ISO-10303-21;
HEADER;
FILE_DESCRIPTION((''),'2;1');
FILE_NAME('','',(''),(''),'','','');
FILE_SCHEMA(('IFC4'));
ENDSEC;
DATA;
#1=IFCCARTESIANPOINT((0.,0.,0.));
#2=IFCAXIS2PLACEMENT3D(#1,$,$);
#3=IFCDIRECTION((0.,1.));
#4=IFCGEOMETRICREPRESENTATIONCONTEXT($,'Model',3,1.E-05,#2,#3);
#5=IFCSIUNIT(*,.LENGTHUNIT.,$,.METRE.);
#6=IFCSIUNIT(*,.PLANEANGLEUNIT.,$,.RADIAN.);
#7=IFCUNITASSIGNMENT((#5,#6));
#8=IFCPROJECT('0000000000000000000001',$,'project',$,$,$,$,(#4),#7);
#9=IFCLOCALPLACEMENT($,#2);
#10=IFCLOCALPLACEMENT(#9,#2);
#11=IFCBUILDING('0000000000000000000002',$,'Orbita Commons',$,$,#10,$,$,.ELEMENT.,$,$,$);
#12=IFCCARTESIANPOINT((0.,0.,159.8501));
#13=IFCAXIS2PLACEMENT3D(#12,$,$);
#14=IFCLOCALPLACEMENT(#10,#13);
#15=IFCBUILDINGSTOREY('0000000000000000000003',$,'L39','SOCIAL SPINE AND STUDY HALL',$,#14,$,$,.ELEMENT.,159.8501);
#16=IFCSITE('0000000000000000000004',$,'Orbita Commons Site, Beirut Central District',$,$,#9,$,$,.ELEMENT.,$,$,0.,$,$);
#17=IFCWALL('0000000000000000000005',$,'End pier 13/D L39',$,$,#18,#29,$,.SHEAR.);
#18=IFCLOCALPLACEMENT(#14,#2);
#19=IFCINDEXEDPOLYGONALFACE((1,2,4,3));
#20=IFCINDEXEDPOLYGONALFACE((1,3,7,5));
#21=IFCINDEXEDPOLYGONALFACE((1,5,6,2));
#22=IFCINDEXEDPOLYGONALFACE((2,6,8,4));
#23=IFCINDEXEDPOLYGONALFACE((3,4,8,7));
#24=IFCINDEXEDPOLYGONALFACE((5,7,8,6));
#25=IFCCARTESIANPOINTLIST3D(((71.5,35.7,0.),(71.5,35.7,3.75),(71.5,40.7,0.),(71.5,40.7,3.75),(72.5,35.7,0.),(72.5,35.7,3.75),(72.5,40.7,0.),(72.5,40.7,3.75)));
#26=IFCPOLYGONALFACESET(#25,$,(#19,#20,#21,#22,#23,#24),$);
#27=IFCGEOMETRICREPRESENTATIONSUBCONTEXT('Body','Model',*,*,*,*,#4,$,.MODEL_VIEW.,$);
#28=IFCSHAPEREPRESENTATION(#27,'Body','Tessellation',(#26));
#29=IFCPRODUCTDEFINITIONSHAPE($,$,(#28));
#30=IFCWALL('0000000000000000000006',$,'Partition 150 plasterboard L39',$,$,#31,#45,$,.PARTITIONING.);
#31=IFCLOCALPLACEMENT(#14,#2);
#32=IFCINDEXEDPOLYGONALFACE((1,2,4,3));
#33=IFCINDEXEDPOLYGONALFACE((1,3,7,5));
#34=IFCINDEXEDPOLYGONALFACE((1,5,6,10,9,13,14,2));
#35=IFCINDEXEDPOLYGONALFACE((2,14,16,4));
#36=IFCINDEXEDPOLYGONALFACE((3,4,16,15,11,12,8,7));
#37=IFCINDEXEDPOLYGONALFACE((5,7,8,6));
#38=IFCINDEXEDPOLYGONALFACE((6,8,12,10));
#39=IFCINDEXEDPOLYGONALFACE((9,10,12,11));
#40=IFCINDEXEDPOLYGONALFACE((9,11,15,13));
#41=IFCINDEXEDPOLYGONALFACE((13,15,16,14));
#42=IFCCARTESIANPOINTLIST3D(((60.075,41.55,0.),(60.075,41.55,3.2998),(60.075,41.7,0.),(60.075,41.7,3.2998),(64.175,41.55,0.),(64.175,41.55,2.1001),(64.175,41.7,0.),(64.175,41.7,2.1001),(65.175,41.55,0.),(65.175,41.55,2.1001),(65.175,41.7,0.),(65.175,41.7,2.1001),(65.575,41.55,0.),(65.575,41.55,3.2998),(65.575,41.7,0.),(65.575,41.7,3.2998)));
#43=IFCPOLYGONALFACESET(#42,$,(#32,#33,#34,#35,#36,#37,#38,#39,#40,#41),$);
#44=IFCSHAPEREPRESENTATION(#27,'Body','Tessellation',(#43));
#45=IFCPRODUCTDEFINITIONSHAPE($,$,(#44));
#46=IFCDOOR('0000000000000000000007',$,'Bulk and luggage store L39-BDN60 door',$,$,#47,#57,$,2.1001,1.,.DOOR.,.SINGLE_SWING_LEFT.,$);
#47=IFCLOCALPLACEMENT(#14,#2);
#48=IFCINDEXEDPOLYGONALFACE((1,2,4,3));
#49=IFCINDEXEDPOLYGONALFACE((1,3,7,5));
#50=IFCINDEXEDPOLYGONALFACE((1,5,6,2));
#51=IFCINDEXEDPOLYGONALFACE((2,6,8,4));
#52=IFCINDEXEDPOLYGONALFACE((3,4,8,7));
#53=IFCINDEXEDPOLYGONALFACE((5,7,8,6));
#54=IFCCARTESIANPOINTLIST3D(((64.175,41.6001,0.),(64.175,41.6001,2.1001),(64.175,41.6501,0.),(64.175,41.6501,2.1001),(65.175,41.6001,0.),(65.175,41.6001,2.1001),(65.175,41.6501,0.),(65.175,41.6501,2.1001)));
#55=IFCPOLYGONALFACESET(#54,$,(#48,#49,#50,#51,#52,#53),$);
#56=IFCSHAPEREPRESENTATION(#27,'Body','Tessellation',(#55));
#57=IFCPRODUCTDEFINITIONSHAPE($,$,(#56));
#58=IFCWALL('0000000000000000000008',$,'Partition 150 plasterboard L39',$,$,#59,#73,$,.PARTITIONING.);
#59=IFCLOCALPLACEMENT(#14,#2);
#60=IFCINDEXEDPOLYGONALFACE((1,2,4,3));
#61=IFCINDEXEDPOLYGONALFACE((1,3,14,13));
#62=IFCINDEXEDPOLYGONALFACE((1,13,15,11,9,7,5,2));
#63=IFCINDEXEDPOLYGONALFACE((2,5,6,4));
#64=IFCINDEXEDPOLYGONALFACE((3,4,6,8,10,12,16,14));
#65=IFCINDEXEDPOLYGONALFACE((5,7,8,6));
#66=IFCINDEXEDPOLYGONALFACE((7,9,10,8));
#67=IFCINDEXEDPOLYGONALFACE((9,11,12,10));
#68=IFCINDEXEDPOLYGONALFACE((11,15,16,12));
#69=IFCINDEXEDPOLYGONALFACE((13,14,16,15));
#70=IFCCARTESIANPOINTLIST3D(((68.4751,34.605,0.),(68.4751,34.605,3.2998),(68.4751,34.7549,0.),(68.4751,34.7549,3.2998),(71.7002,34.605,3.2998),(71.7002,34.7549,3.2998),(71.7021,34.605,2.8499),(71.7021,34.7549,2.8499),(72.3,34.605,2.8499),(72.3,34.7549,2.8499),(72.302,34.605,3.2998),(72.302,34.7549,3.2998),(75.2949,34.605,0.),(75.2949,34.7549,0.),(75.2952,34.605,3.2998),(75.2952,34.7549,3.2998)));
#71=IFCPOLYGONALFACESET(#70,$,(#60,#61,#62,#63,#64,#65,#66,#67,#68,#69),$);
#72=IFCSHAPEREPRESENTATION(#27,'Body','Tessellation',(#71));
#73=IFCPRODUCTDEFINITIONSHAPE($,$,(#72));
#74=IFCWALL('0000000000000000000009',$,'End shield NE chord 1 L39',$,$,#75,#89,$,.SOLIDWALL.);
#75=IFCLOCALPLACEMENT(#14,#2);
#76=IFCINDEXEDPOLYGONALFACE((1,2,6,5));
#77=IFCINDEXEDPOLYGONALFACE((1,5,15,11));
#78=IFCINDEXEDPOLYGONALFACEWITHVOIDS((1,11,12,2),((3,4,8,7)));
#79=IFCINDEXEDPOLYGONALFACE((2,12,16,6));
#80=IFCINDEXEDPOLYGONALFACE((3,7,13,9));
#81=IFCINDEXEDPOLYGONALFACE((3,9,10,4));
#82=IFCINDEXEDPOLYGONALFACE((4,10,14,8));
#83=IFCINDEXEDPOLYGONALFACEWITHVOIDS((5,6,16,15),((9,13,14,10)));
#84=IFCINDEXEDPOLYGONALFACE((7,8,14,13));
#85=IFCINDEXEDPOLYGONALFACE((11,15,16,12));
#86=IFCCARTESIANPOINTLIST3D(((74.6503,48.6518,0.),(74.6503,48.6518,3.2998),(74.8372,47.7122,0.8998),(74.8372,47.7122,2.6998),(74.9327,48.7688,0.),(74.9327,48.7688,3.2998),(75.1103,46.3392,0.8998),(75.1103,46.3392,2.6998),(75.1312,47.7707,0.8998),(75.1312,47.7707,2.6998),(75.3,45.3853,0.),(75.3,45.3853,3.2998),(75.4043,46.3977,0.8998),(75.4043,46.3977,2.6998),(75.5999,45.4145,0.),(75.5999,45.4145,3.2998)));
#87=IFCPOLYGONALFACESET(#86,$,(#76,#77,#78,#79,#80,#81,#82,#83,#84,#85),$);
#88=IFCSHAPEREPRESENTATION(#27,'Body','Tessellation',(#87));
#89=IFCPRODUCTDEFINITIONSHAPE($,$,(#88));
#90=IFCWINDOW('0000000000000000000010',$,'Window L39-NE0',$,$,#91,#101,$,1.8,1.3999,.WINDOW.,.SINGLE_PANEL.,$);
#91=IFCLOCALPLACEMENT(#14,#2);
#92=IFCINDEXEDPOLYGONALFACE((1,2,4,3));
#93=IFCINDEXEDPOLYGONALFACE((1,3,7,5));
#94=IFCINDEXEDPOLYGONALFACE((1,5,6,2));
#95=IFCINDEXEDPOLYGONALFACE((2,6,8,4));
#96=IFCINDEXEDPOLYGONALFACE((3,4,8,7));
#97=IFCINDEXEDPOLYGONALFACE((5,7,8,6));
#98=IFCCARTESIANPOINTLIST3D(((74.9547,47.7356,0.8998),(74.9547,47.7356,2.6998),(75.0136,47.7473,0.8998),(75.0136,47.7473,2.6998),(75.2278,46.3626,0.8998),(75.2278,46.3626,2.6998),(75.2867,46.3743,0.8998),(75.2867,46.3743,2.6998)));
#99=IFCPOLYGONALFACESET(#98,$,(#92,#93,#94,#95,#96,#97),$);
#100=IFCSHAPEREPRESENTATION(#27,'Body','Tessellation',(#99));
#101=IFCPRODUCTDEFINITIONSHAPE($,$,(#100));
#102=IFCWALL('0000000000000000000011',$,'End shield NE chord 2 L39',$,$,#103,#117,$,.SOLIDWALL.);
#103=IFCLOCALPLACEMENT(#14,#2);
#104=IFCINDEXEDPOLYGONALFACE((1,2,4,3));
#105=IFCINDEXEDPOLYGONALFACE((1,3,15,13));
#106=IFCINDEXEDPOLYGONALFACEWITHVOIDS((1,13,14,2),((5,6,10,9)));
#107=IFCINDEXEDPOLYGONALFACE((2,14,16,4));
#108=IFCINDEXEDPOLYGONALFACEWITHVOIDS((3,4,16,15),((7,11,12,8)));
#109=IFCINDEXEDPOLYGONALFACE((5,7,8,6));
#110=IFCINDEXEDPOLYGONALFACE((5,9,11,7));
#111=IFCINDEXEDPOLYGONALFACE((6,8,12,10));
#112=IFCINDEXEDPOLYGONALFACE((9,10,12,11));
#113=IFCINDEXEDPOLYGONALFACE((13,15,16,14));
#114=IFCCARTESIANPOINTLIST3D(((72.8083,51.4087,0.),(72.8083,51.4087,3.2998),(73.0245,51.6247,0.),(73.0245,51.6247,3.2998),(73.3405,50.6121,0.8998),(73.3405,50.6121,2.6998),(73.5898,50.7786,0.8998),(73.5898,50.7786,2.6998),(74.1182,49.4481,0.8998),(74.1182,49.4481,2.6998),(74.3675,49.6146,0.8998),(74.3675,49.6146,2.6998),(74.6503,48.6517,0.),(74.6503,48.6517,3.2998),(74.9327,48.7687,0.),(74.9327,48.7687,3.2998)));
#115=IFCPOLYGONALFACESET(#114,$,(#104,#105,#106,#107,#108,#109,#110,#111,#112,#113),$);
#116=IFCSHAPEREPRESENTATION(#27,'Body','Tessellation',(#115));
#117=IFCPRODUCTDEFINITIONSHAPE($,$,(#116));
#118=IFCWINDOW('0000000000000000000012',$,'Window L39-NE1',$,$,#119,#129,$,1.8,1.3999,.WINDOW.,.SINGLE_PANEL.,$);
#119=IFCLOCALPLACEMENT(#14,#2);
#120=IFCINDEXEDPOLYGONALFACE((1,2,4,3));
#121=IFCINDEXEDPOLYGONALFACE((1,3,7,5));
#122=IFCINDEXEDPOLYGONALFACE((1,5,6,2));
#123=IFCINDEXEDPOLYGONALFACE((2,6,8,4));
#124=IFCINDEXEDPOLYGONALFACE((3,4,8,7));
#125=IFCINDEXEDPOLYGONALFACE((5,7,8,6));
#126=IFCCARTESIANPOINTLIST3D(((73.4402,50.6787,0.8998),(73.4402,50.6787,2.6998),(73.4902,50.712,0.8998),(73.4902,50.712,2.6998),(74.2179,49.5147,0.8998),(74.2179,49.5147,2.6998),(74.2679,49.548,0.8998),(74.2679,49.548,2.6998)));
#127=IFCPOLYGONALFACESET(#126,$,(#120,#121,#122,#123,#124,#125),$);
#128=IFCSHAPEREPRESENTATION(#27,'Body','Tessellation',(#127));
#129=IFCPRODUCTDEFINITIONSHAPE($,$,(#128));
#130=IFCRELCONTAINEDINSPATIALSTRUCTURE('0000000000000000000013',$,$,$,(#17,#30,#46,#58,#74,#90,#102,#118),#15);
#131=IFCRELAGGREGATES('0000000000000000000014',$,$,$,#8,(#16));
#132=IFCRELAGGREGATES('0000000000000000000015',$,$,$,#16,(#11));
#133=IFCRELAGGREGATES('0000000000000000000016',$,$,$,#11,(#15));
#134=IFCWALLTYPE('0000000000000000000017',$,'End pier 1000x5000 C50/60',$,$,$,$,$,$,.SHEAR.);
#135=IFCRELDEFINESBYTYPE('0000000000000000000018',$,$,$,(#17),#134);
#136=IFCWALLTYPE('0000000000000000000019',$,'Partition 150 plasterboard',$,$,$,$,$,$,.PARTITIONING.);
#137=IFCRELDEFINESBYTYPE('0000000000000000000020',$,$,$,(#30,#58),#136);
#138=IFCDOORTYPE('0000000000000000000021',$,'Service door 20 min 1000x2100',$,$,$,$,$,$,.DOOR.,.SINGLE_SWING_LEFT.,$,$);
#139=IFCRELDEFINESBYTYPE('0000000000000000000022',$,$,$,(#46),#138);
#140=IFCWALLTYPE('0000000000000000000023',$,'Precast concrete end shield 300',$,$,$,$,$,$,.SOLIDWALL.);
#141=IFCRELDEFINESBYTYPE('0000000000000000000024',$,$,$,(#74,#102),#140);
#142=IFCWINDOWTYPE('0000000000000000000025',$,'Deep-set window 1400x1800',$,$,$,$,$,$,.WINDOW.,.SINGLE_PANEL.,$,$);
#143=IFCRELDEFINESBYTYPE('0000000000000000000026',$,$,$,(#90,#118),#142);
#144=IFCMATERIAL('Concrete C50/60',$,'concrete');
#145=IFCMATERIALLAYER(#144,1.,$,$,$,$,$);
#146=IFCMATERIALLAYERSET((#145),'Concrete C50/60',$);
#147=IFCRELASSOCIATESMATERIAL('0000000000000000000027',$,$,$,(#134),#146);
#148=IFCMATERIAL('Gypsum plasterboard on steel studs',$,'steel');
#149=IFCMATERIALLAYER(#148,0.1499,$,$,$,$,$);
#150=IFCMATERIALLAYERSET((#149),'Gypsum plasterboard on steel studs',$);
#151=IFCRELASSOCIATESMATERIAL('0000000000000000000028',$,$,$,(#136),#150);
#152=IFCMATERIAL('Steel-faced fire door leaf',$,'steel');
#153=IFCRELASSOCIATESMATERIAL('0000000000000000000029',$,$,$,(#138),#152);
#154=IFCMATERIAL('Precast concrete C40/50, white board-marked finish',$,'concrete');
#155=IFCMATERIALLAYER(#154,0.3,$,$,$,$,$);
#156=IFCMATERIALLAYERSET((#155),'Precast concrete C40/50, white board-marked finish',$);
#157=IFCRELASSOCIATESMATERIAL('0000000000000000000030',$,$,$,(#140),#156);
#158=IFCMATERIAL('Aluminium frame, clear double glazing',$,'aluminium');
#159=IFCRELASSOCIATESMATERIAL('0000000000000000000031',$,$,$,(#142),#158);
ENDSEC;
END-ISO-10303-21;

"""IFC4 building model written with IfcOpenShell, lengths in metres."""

from ifc_helpers import new_model, si_unit, direction, frame, frame_2d, origin, place, context, subcontext, project, spatial, polyline, rectangle, outline, extrude, material, layer, layer_set, type_object, element, fill, save


model = new_model("IFC4")

# Units and contexts
model_context = context("Model", 3, precision=1e-05, world=origin(), true_north=direction((0.0, 1.0)))
body_context = subcontext(model_context, "Body", "Model", "MODEL_VIEW")
ifc_project = project(units=[si_unit("LENGTHUNIT", "METRE"), si_unit("PLANEANGLEUNIT", "RADIAN")], contexts=[model_context])

# Site, building, storey
site_placement = place(None, origin())
site = spatial("IfcSite", under=ifc_project, at=site_placement, Name="Orbita Commons Site, Beirut Central District", CompositionType="ELEMENT", RefElevation=0.0)
building_placement = place(site_placement, origin())
building = spatial("IfcBuilding", under=site, at=building_placement, Name="Orbita Commons", CompositionType="ELEMENT")
storey_placement = place(building_placement, frame((0.0, 0.0, 159.8501)))
storey = spatial("IfcBuildingStorey", under=building, at=storey_placement, Name="L39", Description="SOCIAL SPINE AND STUDY HALL", CompositionType="ELEMENT", Elevation=159.8501)

# Wall
ifc_material_1 = material(Name="Concrete C50/60", Category="concrete")
ifc_layer_1 = layer(ifc_material_1, 1.0)
ifc_layer_set_1 = layer_set([ifc_layer_1], Name="Concrete C50/60")
wall_type_1 = type_object("IfcWallType", Name="End pier 1000x5000 C50/60", PredefinedType="SHEAR", material=ifc_layer_set_1)
wall_1_placement = place(storey_placement, frame((72.0, 35.7, 0.0), z_axis=(0.0, 0.0, 1.0), x_axis=(0.0, 1.0, 0.0)))
element("IfcWall", 1, at=wall_1_placement, inside=storey, type_object=wall_type_1, Name="End pier 13/D L39", PredefinedType="SHEAR", context=body_context, shape_type="SweptSolid", body=[
    extrude(rectangle(XDim=5.0, YDim=1.0, at=frame_2d((2.5, 0.0))), origin(), (0.0, 0.0, 1.0), 3.75),
])

# Wall, opening, door
ifc_material_2 = material(Name="Gypsum plasterboard on steel studs", Category="steel")
ifc_layer_2 = layer(ifc_material_2, 0.1499)
ifc_layer_set_2 = layer_set([ifc_layer_2], Name="Gypsum plasterboard on steel studs")
wall_type_2 = type_object("IfcWallType", Name="Partition 150 plasterboard", PredefinedType="PARTITIONING", material=ifc_layer_set_2)
wall_2_placement = place(storey_placement, frame((65.575, 41.625, 0.0), z_axis=(0.0, 0.0, 1.0), x_axis=(-1.0, 0.0, 0.0)))
wall_2 = element("IfcWall", 2, at=wall_2_placement, inside=storey, type_object=wall_type_2, Name="Partition 150 plasterboard L39", PredefinedType="PARTITIONING", context=body_context, shape_type="SweptSolid", body=[
    extrude(rectangle(XDim=5.5, YDim=0.1499, at=frame_2d((2.75, 0.0))), origin(), (0.0, 0.0, 1.0), 3.2998),
])
opening_1_placement = place(wall_2_placement, frame((0.3999, 0.0, 0.0)))
opening_1 = element("IfcOpeningElement", 3, at=opening_1_placement, cuts=wall_2, PredefinedType="OPENING", context=body_context, shape_type="SweptSolid", body=[
    extrude(rectangle(XDim=1.0, YDim=2.1001, at=frame_2d((0.5, 1.05))), frame((0.0, 0.085, 0.0), z_axis=(0.0, -1.0, 0.0), x_axis=(1.0, 0.0, 0.0)), (0.0, 0.0, 1.0), 0.1699),
])
ifc_material_3 = material(Name="Steel-faced fire door leaf", Category="steel")
door_type_1 = type_object("IfcDoorType", Name="Service door 20 min 1000x2100", OperationType="SINGLE_SWING_LEFT", PredefinedType="DOOR", material=ifc_material_3)
door_1_placement = place(opening_1_placement, origin())
door_1 = element("IfcDoor", 4, at=door_1_placement, inside=storey, type_object=door_type_1, Name="Bulk and luggage store L39-BDN60 door", OperationType="SINGLE_SWING_LEFT", OverallHeight=2.1001, OverallWidth=1.0, PredefinedType="DOOR", context=body_context, shape_type="SweptSolid", body=[
    extrude(rectangle(XDim=1.0, YDim=2.1001, at=frame_2d((0.5, 1.05))), frame((0.0, 0.0249, 0.0), z_axis=(0.0, -1.0, 0.0), x_axis=(1.0, 0.0, 0.0)), (0.0, 0.0, 1.0), 0.05),
])
fill(opening_1, door_1)

# Wall
wall_3_placement = place(storey_placement, frame((68.4751, 34.6799, 0.0), z_axis=(0.0, 0.0, 1.0), x_axis=(1.0, 0.0, 0.0)))
element("IfcWall", 5, at=wall_3_placement, inside=storey, type_object=wall_type_2, Name="Partition 150 plasterboard L39", PredefinedType="PARTITIONING", context=body_context, shape_type="SweptSolid", body=[
    extrude(outline(polyline([(0.0, 0.0), (6.8198, 0.0), (6.8201, 3.2998), (3.8269, 3.2998), (3.825, 2.8499), (3.2271, 2.8499), (3.2251, 3.2998), (0.0, 3.2998), (0.0, 0.0)])), frame((0.0, 0.075, 0.0), z_axis=(0.0, -1.0, 0.0), x_axis=(1.0, 0.0, 0.0)), (0.0, 0.0, 1.0), 0.1499),
])

# Walls, openings, windows
ifc_material_4 = material(Name="Precast concrete C40/50, white board-marked finish", Category="concrete")
ifc_layer_3 = layer(ifc_material_4, 0.3)
ifc_layer_set_3 = layer_set([ifc_layer_3], Name="Precast concrete C40/50, white board-marked finish")
wall_type_3 = type_object("IfcWallType", Name="Precast concrete end shield 300", PredefinedType="SOLIDWALL", material=ifc_layer_set_3)
wall_4_placement = place(storey_placement, frame((75.45, 45.3999, 0.0), z_axis=(0.0, 0.0, 1.0), x_axis=(-0.195087, 0.980786, 0.0)))
wall_4 = element("IfcWall", 6, at=wall_4_placement, inside=storey, type_object=wall_type_3, Name="End shield NE chord 1 L39", PredefinedType="SOLIDWALL", context=body_context, shape_type="SweptSolid", body=[
    extrude(outline(polyline([(-0.0149, -0.1499), (3.405, -0.1499), (3.3455, 0.1499), (0.0149, 0.1499), (-0.0149, -0.1499)])), origin(), (0.0, 0.0, 1.0), 3.2998),
])
opening_2_placement = place(wall_4_placement, frame((0.9875, 0.0, 0.8999)))
opening_2 = element("IfcOpeningElement", 7, at=opening_2_placement, cuts=wall_4, PredefinedType="OPENING", context=body_context, shape_type="SweptSolid", body=[
    extrude(rectangle(XDim=1.3999, YDim=1.8, at=frame_2d((0.7, 0.8999))), frame((0.0, 0.1599, 0.0), z_axis=(0.0, -1.0, 0.0), x_axis=(1.0, 0.0, 0.0)), (0.0, 0.0, 1.0), 0.3201),
])
ifc_material_5 = material(Name="Aluminium frame, clear double glazing", Category="aluminium")
window_type = type_object("IfcWindowType", Name="Deep-set window 1400x1800", PartitioningType="SINGLE_PANEL", PredefinedType="WINDOW", material=ifc_material_5)
window_1_placement = place(opening_2_placement, origin())
window_1 = element("IfcWindow", 8, at=window_1_placement, inside=storey, type_object=window_type, Name="Window L39-NE0", OverallHeight=1.8, OverallWidth=1.3999, PartitioningType="SINGLE_PANEL", PredefinedType="WINDOW", context=body_context, shape_type="SweptSolid", body=[
    extrude(rectangle(XDim=1.3999, YDim=1.8, at=frame_2d((0.7, 0.8999))), frame((0.0, 0.03, 0.0), z_axis=(0.0, -1.0, 0.0), x_axis=(1.0, 0.0, 0.0)), (0.0, 0.0, 1.0), 0.0601),
])
fill(opening_2, window_1)
wall_5_placement = place(storey_placement, frame((74.7915, 48.7102, 0.0), z_axis=(0.0, 0.0, 1.0), x_axis=(-0.555535, 0.831493, 0.0)))
wall_5 = element("IfcWall", 9, at=wall_5_placement, inside=storey, type_object=wall_type_3, Name="End shield NE chord 2 L39", PredefinedType="SOLIDWALL", context=body_context, shape_type="SweptSolid", body=[
    extrude(outline(polyline([(-0.0298, -0.1499), (3.405, -0.1499), (3.3455, 0.1499), (0.0298, 0.1499), (-0.0298, -0.1499)])), origin(), (0.0, 0.0, 1.0), 3.2998),
])
opening_3_placement = place(wall_5_placement, frame((0.9875, 0.0, 0.8999)))
opening_3 = element("IfcOpeningElement", 10, at=opening_3_placement, cuts=wall_5, PredefinedType="OPENING", context=body_context, shape_type="SweptSolid", body=[
    extrude(rectangle(XDim=1.3999, YDim=1.8, at=frame_2d((0.7, 0.8999))), frame((0.0, 0.1599, 0.0), z_axis=(0.0, -1.0, 0.0), x_axis=(1.0, 0.0, 0.0)), (0.0, 0.0, 1.0), 0.3201),
])
window_2_placement = place(opening_3_placement, origin())
window_2 = element("IfcWindow", 11, at=window_2_placement, inside=storey, type_object=window_type, Name="Window L39-NE1", OverallHeight=1.8, OverallWidth=1.3999, PartitioningType="SINGLE_PANEL", PredefinedType="WINDOW", context=body_context, shape_type="SweptSolid", body=[
    extrude(rectangle(XDim=1.3999, YDim=1.8, at=frame_2d((0.7, 0.8999))), frame((0.0, 0.03, 0.0), z_axis=(0.0, -1.0, 0.0), x_axis=(1.0, 0.0, 0.0)), (0.0, 0.0, 1.0), 0.0601),
])
fill(opening_3, window_2)

save(model, "model.ifc")
